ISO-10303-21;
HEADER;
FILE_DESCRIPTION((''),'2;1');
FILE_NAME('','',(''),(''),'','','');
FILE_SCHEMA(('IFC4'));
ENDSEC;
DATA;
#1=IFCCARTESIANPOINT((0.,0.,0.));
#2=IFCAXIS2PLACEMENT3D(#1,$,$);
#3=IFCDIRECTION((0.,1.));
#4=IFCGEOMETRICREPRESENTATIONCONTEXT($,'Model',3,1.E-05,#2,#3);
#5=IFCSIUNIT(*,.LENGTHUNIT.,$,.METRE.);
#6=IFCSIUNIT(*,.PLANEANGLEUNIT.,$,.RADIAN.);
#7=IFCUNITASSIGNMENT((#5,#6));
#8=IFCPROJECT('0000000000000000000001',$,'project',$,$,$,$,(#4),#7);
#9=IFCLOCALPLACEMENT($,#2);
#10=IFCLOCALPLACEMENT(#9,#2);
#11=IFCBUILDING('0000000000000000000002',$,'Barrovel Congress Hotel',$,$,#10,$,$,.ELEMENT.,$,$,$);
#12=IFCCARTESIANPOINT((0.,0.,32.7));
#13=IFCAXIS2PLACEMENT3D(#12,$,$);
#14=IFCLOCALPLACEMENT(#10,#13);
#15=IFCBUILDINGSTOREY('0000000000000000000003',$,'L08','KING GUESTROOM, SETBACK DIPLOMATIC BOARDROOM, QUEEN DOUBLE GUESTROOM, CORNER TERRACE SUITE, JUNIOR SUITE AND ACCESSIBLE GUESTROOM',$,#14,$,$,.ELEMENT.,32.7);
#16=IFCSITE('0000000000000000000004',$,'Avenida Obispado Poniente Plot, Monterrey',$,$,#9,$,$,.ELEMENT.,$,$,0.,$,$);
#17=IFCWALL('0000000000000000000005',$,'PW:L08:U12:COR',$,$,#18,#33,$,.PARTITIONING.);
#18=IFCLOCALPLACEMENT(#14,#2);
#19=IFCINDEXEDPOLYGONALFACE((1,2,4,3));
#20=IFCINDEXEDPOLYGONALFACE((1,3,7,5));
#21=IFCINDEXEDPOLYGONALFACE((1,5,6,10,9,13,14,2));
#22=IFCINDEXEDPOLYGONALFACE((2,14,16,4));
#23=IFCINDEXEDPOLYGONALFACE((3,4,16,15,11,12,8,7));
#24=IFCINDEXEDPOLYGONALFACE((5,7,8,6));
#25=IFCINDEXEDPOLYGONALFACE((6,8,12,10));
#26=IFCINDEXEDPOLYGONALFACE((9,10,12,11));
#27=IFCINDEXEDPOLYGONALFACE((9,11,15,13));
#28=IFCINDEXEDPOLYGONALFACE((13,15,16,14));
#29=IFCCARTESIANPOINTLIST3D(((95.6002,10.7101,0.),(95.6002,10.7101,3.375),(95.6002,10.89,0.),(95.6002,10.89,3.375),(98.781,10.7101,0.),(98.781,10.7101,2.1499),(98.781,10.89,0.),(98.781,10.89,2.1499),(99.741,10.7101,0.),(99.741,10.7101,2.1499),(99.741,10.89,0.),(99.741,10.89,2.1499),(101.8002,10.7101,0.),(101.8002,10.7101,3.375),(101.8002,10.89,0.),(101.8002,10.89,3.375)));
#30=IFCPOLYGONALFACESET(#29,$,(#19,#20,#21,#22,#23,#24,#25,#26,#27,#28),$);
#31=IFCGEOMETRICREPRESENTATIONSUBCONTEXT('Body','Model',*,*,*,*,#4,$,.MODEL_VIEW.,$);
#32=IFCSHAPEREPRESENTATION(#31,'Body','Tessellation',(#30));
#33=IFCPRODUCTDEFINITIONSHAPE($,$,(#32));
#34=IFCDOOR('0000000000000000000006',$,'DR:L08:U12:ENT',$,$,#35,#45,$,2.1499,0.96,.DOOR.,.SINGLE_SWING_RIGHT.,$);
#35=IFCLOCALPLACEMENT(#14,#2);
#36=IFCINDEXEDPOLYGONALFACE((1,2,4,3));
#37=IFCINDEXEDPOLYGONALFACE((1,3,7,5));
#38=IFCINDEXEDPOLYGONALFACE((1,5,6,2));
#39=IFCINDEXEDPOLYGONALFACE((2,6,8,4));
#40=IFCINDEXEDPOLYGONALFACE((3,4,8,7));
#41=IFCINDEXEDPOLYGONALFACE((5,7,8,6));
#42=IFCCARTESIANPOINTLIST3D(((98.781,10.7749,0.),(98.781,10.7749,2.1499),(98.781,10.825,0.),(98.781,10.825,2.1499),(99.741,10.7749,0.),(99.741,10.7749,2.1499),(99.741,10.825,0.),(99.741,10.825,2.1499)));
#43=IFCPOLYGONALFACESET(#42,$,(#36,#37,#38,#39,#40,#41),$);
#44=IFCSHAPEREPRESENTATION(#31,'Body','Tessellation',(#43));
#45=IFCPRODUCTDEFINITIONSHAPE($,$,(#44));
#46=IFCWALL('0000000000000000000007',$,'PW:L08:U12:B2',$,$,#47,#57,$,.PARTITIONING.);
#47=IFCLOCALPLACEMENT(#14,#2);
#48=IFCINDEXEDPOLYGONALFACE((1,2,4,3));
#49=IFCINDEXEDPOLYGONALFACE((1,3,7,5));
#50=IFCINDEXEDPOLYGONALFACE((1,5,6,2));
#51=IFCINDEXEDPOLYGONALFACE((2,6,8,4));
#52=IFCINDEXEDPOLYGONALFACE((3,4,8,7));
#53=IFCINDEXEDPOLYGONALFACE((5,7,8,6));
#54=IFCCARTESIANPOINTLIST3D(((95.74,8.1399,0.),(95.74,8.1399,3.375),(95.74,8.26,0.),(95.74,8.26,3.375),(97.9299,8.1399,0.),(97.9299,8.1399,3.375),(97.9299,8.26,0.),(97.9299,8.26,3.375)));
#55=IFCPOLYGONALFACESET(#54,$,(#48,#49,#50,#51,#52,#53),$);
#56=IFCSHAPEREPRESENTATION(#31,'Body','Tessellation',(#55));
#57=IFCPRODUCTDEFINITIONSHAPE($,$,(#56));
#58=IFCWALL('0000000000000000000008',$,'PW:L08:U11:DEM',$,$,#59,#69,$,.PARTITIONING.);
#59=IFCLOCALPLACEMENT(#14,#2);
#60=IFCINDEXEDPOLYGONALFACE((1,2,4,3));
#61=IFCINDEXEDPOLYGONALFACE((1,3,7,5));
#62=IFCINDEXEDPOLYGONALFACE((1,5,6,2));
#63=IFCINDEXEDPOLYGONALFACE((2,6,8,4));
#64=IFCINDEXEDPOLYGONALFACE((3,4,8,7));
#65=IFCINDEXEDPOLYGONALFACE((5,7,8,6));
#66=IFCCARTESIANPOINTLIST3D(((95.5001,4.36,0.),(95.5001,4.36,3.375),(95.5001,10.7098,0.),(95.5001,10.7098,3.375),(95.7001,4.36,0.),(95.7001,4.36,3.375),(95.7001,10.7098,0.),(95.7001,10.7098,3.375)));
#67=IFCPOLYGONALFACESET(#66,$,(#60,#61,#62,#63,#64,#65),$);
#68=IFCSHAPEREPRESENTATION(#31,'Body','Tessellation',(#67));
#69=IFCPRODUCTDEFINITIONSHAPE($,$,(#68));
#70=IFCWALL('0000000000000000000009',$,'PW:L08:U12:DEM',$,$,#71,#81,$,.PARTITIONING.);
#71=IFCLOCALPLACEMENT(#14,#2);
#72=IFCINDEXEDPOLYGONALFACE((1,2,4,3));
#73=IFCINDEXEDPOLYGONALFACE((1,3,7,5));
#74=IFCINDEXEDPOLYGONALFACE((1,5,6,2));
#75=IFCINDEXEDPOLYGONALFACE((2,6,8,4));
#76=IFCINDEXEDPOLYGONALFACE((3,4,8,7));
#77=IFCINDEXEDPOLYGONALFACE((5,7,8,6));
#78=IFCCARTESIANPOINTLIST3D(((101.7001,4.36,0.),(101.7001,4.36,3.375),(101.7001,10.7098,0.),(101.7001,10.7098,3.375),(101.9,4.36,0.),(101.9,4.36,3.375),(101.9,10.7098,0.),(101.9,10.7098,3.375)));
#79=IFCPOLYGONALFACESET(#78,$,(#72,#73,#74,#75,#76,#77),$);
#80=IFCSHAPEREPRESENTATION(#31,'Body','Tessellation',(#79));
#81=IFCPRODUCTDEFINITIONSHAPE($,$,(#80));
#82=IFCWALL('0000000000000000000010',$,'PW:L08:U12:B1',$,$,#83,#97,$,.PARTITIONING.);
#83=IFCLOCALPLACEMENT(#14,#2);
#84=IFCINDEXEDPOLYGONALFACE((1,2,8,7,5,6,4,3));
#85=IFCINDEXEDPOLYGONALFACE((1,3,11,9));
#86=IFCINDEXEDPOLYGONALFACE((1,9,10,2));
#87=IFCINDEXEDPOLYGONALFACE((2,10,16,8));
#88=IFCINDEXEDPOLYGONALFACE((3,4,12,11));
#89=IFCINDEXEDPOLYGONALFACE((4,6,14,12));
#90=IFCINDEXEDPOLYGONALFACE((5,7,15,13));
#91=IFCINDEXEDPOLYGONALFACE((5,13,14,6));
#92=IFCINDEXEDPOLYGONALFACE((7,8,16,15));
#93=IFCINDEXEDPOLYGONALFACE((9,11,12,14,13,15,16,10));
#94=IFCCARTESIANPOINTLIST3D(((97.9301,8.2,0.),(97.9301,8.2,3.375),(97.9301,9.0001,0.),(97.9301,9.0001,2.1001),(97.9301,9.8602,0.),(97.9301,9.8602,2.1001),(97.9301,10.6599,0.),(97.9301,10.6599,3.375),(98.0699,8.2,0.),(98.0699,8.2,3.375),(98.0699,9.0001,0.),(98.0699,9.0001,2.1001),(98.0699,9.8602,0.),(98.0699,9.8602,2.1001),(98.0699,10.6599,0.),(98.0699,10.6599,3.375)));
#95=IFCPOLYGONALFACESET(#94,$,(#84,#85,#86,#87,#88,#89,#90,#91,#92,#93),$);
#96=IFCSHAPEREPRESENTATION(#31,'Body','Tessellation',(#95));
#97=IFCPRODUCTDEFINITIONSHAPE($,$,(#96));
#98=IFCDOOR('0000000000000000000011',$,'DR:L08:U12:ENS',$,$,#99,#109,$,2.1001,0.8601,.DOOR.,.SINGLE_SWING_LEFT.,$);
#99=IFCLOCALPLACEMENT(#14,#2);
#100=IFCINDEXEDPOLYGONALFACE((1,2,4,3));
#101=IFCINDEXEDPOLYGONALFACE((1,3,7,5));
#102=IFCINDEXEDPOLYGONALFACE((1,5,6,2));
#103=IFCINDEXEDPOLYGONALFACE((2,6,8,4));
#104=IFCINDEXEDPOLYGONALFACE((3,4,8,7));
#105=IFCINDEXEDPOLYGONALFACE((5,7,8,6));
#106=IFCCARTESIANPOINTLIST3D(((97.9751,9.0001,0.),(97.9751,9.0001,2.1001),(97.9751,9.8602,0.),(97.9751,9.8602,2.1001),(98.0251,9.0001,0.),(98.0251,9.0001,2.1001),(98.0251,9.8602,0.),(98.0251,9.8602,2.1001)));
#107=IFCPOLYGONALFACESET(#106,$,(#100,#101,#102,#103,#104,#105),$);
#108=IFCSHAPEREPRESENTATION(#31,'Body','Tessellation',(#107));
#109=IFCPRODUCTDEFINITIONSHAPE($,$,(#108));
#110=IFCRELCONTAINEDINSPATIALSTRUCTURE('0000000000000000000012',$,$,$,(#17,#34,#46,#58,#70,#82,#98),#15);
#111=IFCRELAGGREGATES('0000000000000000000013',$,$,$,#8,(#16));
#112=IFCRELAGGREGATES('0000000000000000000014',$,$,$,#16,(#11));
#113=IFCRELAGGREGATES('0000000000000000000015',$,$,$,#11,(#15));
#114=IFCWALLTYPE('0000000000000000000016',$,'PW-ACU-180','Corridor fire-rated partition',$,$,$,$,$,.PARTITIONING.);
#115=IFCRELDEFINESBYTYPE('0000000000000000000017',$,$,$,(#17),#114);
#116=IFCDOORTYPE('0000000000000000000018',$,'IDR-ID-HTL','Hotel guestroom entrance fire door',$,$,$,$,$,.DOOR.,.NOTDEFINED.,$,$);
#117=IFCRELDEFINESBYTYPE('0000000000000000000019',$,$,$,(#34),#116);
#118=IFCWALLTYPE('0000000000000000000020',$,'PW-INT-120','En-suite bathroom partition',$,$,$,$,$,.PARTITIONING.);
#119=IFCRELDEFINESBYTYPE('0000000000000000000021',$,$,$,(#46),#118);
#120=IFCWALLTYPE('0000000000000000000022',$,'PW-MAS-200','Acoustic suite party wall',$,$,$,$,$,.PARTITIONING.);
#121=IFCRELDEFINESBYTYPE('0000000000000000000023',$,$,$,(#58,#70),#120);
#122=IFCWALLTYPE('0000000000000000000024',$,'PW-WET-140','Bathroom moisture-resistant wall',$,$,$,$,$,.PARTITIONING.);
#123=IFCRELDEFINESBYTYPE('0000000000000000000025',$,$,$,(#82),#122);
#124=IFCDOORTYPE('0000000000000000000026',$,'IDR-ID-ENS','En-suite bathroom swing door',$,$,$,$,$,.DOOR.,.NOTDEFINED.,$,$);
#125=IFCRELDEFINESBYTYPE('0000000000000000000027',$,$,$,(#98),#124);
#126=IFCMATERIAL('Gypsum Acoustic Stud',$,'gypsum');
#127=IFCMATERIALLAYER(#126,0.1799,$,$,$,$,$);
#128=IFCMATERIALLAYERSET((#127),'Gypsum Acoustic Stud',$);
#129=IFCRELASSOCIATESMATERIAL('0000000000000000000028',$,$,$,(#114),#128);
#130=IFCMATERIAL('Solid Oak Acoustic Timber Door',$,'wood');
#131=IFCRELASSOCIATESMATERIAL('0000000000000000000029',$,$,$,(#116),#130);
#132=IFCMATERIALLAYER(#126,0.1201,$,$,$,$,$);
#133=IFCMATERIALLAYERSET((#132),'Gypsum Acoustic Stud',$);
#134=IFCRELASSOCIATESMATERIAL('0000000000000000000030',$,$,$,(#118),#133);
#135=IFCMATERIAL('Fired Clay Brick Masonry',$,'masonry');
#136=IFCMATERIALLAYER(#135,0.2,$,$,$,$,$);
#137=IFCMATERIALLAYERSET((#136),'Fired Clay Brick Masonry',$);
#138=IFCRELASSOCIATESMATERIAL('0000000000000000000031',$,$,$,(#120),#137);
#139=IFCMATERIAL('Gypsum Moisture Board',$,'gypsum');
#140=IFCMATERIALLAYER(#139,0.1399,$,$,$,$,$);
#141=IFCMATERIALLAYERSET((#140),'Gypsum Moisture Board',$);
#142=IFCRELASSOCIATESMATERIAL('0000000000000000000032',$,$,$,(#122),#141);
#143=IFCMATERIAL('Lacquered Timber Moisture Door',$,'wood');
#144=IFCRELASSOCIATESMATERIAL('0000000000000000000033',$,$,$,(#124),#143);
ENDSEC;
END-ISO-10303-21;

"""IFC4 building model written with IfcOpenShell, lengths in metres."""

from ifc_helpers import new_model, si_unit, direction, frame, frame_2d, origin, place, context, subcontext, project, spatial, rectangle, extrude, material, layer, layer_set, type_object, element, fill, save


model = new_model("IFC4")

# Units and contexts
model_context = context("Model", 3, precision=1e-05, world=origin(), true_north=direction((0.0, 1.0)))
body_context = subcontext(model_context, "Body", "Model", "MODEL_VIEW")
ifc_project = project(units=[si_unit("LENGTHUNIT", "METRE"), si_unit("PLANEANGLEUNIT", "RADIAN")], contexts=[model_context])

# Site, building, storey
site_placement = place(None, origin())
site = spatial("IfcSite", under=ifc_project, at=site_placement, Name="Avenida Obispado Poniente Plot, Monterrey", CompositionType="ELEMENT", RefElevation=0.0)
building_placement = place(site_placement, origin())
building = spatial("IfcBuilding", under=site, at=building_placement, Name="Barrovel Congress Hotel", CompositionType="ELEMENT")
storey_placement = place(building_placement, frame((0.0, 0.0, 32.7)))
storey = spatial("IfcBuildingStorey", under=building, at=storey_placement, Name="L08", Description="KING GUESTROOM, SETBACK DIPLOMATIC BOARDROOM, QUEEN DOUBLE GUESTROOM, CORNER TERRACE SUITE, JUNIOR SUITE AND ACCESSIBLE GUESTROOM", CompositionType="ELEMENT", Elevation=32.7)

# Shared definitions
ifc_material_1 = material(Name="Fired Clay Brick Masonry", Category="masonry")

# Wall, opening, door
ifc_material_2 = material(Name="Gypsum Acoustic Stud", Category="gypsum")
ifc_layer_1 = layer(ifc_material_2, 0.1799)
ifc_layer_set_1 = layer_set([ifc_layer_1], Name="Gypsum Acoustic Stud")
wall_type_1 = type_object("IfcWallType", Name="PW-ACU-180", Description="Corridor fire-rated partition", PredefinedType="PARTITIONING", material=ifc_layer_set_1)
wall_1_placement = place(storey_placement, frame((95.6001, 10.8, 0.0), z_axis=(0.0, 0.0, 1.0), x_axis=(1.0, 0.0, 0.0)))
wall_1 = element("IfcWall", 1, at=wall_1_placement, inside=storey, type_object=wall_type_1, Name="PW:L08:U12:COR", PredefinedType="PARTITIONING", context=body_context, shape_type="SweptSolid", body=[
    extrude(rectangle(XDim=6.2, YDim=0.1799, at=frame_2d((3.1001, 0.0))), origin(), (0.0, 0.0, 1.0), 3.375),
])
opening_1_placement = place(wall_1_placement, frame((3.1809, 0.0, 0.0)))
opening_1 = element("IfcOpeningElement", 2, at=opening_1_placement, cuts=wall_1, PredefinedType="OPENING", context=body_context, shape_type="SweptSolid", body=[
    extrude(rectangle(XDim=0.96, YDim=2.1499, at=frame_2d((0.48, 1.075))), frame((0.0, 0.1001, 0.0), z_axis=(0.0, -1.0, 0.0), x_axis=(1.0, 0.0, 0.0)), (0.0, 0.0, 1.0), 0.2),
])
ifc_material_3 = material(Name="Solid Oak Acoustic Timber Door", Category="wood")
door_type_1 = type_object("IfcDoorType", Name="IDR-ID-HTL", Description="Hotel guestroom entrance fire door", OperationType="NOTDEFINED", PredefinedType="DOOR", material=ifc_material_3)
door_1_placement = place(opening_1_placement, origin())
door_1 = element("IfcDoor", 3, at=door_1_placement, inside=storey, type_object=door_type_1, Name="DR:L08:U12:ENT", OperationType="SINGLE_SWING_RIGHT", OverallHeight=2.1499, OverallWidth=0.96, PredefinedType="DOOR", context=body_context, shape_type="SweptSolid", body=[
    extrude(rectangle(XDim=0.96, YDim=2.1499, at=frame_2d((0.48, 1.075))), frame((0.0, 0.0249, 0.0), z_axis=(0.0, -1.0, 0.0), x_axis=(1.0, 0.0, 0.0)), (0.0, 0.0, 1.0), 0.05),
])
fill(opening_1, door_1)

# Walls
ifc_layer_2 = layer(ifc_material_2, 0.1201)
ifc_layer_set_2 = layer_set([ifc_layer_2], Name="Gypsum Acoustic Stud")
wall_type_2 = type_object("IfcWallType", Name="PW-INT-120", Description="En-suite bathroom partition", PredefinedType="PARTITIONING", material=ifc_layer_set_2)
wall_2_placement = place(storey_placement, frame((95.74, 8.2, 0.0), z_axis=(0.0, 0.0, 1.0), x_axis=(1.0, 0.0, 0.0)))
element("IfcWall", 4, at=wall_2_placement, inside=storey, type_object=wall_type_2, Name="PW:L08:U12:B2", PredefinedType="PARTITIONING", context=body_context, shape_type="SweptSolid", body=[
    extrude(rectangle(XDim=2.1899, YDim=0.1201, at=frame_2d((1.095, 0.0))), origin(), (0.0, 0.0, 1.0), 3.375),
])
ifc_layer_3 = layer(ifc_material_1, 0.2)
ifc_layer_set_3 = layer_set([ifc_layer_3], Name="Fired Clay Brick Masonry")
wall_type_3 = type_object("IfcWallType", Name="PW-MAS-200", Description="Acoustic suite party wall", PredefinedType="PARTITIONING", material=ifc_layer_set_3)
for number, where, z_axis, x_axis, name in (
    (5, (95.6001, 4.3601, 0.0), (0.0, 0.0, 1.0), (0.0, 1.0, 0.0), "PW:L08:U11:DEM"),
    (6, (101.8, 4.3601, 0.0), (0.0, 0.0, 1.0), (0.0, 1.0, 0.0), "PW:L08:U12:DEM"),
):
    element("IfcWall", number, at=place(storey_placement, frame(where, z_axis=z_axis, x_axis=x_axis)), inside=storey, type_object=wall_type_3, Name=name, PredefinedType="PARTITIONING", context=body_context, shape_type="SweptSolid", body=[
        extrude(rectangle(XDim=6.3499, YDim=0.2, at=frame_2d((3.1748, 0.0))), origin(), (0.0, 0.0, 1.0), 3.375),
    ])

# Wall, opening, door
ifc_material_4 = material(Name="Gypsum Moisture Board", Category="gypsum")
ifc_layer_4 = layer(ifc_material_4, 0.1399)
ifc_layer_set_4 = layer_set([ifc_layer_4], Name="Gypsum Moisture Board")
wall_type_4 = type_object("IfcWallType", Name="PW-WET-140", Description="Bathroom moisture-resistant wall", PredefinedType="PARTITIONING", material=ifc_layer_set_4)
wall_3_placement = place(storey_placement, frame((98.0, 8.2, 0.0), z_axis=(0.0, 0.0, 1.0), x_axis=(0.0, 1.0, 0.0)))
wall_3 = element("IfcWall", 7, at=wall_3_placement, inside=storey, type_object=wall_type_4, Name="PW:L08:U12:B1", PredefinedType="PARTITIONING", context=body_context, shape_type="SweptSolid", body=[
    extrude(rectangle(XDim=2.46, YDim=0.1399, at=frame_2d((1.23, 0.0))), origin(), (0.0, 0.0, 1.0), 3.375),
])
opening_2_placement = place(wall_3_placement, frame((0.8, 0.0, 0.0)))
opening_2 = element("IfcOpeningElement", 8, at=opening_2_placement, cuts=wall_3, PredefinedType="OPENING", context=body_context, shape_type="SweptSolid", body=[
    extrude(rectangle(XDim=0.8601, YDim=2.1001, at=frame_2d((0.4302, 1.05))), frame((0.0, 0.0801, 0.0), z_axis=(0.0, -1.0, 0.0), x_axis=(1.0, 0.0, 0.0)), (0.0, 0.0, 1.0), 0.1599),
])
ifc_material_5 = material(Name="Lacquered Timber Moisture Door", Category="wood")
door_type_2 = type_object("IfcDoorType", Name="IDR-ID-ENS", Description="En-suite bathroom swing door", OperationType="NOTDEFINED", PredefinedType="DOOR", material=ifc_material_5)
door_2_placement = place(opening_2_placement, origin())
door_2 = element("IfcDoor", 9, at=door_2_placement, inside=storey, type_object=door_type_2, Name="DR:L08:U12:ENS", OperationType="SINGLE_SWING_LEFT", OverallHeight=2.1001, OverallWidth=0.8601, PredefinedType="DOOR", context=body_context, shape_type="SweptSolid", body=[
    extrude(rectangle(XDim=0.8601, YDim=2.1001, at=frame_2d((0.4302, 1.05))), frame((0.0, 0.0249, 0.0), z_axis=(0.0, -1.0, 0.0), x_axis=(1.0, 0.0, 0.0)), (0.0, 0.0, 1.0), 0.05),
])
fill(opening_2, door_2)

save(model, "model.ifc")
